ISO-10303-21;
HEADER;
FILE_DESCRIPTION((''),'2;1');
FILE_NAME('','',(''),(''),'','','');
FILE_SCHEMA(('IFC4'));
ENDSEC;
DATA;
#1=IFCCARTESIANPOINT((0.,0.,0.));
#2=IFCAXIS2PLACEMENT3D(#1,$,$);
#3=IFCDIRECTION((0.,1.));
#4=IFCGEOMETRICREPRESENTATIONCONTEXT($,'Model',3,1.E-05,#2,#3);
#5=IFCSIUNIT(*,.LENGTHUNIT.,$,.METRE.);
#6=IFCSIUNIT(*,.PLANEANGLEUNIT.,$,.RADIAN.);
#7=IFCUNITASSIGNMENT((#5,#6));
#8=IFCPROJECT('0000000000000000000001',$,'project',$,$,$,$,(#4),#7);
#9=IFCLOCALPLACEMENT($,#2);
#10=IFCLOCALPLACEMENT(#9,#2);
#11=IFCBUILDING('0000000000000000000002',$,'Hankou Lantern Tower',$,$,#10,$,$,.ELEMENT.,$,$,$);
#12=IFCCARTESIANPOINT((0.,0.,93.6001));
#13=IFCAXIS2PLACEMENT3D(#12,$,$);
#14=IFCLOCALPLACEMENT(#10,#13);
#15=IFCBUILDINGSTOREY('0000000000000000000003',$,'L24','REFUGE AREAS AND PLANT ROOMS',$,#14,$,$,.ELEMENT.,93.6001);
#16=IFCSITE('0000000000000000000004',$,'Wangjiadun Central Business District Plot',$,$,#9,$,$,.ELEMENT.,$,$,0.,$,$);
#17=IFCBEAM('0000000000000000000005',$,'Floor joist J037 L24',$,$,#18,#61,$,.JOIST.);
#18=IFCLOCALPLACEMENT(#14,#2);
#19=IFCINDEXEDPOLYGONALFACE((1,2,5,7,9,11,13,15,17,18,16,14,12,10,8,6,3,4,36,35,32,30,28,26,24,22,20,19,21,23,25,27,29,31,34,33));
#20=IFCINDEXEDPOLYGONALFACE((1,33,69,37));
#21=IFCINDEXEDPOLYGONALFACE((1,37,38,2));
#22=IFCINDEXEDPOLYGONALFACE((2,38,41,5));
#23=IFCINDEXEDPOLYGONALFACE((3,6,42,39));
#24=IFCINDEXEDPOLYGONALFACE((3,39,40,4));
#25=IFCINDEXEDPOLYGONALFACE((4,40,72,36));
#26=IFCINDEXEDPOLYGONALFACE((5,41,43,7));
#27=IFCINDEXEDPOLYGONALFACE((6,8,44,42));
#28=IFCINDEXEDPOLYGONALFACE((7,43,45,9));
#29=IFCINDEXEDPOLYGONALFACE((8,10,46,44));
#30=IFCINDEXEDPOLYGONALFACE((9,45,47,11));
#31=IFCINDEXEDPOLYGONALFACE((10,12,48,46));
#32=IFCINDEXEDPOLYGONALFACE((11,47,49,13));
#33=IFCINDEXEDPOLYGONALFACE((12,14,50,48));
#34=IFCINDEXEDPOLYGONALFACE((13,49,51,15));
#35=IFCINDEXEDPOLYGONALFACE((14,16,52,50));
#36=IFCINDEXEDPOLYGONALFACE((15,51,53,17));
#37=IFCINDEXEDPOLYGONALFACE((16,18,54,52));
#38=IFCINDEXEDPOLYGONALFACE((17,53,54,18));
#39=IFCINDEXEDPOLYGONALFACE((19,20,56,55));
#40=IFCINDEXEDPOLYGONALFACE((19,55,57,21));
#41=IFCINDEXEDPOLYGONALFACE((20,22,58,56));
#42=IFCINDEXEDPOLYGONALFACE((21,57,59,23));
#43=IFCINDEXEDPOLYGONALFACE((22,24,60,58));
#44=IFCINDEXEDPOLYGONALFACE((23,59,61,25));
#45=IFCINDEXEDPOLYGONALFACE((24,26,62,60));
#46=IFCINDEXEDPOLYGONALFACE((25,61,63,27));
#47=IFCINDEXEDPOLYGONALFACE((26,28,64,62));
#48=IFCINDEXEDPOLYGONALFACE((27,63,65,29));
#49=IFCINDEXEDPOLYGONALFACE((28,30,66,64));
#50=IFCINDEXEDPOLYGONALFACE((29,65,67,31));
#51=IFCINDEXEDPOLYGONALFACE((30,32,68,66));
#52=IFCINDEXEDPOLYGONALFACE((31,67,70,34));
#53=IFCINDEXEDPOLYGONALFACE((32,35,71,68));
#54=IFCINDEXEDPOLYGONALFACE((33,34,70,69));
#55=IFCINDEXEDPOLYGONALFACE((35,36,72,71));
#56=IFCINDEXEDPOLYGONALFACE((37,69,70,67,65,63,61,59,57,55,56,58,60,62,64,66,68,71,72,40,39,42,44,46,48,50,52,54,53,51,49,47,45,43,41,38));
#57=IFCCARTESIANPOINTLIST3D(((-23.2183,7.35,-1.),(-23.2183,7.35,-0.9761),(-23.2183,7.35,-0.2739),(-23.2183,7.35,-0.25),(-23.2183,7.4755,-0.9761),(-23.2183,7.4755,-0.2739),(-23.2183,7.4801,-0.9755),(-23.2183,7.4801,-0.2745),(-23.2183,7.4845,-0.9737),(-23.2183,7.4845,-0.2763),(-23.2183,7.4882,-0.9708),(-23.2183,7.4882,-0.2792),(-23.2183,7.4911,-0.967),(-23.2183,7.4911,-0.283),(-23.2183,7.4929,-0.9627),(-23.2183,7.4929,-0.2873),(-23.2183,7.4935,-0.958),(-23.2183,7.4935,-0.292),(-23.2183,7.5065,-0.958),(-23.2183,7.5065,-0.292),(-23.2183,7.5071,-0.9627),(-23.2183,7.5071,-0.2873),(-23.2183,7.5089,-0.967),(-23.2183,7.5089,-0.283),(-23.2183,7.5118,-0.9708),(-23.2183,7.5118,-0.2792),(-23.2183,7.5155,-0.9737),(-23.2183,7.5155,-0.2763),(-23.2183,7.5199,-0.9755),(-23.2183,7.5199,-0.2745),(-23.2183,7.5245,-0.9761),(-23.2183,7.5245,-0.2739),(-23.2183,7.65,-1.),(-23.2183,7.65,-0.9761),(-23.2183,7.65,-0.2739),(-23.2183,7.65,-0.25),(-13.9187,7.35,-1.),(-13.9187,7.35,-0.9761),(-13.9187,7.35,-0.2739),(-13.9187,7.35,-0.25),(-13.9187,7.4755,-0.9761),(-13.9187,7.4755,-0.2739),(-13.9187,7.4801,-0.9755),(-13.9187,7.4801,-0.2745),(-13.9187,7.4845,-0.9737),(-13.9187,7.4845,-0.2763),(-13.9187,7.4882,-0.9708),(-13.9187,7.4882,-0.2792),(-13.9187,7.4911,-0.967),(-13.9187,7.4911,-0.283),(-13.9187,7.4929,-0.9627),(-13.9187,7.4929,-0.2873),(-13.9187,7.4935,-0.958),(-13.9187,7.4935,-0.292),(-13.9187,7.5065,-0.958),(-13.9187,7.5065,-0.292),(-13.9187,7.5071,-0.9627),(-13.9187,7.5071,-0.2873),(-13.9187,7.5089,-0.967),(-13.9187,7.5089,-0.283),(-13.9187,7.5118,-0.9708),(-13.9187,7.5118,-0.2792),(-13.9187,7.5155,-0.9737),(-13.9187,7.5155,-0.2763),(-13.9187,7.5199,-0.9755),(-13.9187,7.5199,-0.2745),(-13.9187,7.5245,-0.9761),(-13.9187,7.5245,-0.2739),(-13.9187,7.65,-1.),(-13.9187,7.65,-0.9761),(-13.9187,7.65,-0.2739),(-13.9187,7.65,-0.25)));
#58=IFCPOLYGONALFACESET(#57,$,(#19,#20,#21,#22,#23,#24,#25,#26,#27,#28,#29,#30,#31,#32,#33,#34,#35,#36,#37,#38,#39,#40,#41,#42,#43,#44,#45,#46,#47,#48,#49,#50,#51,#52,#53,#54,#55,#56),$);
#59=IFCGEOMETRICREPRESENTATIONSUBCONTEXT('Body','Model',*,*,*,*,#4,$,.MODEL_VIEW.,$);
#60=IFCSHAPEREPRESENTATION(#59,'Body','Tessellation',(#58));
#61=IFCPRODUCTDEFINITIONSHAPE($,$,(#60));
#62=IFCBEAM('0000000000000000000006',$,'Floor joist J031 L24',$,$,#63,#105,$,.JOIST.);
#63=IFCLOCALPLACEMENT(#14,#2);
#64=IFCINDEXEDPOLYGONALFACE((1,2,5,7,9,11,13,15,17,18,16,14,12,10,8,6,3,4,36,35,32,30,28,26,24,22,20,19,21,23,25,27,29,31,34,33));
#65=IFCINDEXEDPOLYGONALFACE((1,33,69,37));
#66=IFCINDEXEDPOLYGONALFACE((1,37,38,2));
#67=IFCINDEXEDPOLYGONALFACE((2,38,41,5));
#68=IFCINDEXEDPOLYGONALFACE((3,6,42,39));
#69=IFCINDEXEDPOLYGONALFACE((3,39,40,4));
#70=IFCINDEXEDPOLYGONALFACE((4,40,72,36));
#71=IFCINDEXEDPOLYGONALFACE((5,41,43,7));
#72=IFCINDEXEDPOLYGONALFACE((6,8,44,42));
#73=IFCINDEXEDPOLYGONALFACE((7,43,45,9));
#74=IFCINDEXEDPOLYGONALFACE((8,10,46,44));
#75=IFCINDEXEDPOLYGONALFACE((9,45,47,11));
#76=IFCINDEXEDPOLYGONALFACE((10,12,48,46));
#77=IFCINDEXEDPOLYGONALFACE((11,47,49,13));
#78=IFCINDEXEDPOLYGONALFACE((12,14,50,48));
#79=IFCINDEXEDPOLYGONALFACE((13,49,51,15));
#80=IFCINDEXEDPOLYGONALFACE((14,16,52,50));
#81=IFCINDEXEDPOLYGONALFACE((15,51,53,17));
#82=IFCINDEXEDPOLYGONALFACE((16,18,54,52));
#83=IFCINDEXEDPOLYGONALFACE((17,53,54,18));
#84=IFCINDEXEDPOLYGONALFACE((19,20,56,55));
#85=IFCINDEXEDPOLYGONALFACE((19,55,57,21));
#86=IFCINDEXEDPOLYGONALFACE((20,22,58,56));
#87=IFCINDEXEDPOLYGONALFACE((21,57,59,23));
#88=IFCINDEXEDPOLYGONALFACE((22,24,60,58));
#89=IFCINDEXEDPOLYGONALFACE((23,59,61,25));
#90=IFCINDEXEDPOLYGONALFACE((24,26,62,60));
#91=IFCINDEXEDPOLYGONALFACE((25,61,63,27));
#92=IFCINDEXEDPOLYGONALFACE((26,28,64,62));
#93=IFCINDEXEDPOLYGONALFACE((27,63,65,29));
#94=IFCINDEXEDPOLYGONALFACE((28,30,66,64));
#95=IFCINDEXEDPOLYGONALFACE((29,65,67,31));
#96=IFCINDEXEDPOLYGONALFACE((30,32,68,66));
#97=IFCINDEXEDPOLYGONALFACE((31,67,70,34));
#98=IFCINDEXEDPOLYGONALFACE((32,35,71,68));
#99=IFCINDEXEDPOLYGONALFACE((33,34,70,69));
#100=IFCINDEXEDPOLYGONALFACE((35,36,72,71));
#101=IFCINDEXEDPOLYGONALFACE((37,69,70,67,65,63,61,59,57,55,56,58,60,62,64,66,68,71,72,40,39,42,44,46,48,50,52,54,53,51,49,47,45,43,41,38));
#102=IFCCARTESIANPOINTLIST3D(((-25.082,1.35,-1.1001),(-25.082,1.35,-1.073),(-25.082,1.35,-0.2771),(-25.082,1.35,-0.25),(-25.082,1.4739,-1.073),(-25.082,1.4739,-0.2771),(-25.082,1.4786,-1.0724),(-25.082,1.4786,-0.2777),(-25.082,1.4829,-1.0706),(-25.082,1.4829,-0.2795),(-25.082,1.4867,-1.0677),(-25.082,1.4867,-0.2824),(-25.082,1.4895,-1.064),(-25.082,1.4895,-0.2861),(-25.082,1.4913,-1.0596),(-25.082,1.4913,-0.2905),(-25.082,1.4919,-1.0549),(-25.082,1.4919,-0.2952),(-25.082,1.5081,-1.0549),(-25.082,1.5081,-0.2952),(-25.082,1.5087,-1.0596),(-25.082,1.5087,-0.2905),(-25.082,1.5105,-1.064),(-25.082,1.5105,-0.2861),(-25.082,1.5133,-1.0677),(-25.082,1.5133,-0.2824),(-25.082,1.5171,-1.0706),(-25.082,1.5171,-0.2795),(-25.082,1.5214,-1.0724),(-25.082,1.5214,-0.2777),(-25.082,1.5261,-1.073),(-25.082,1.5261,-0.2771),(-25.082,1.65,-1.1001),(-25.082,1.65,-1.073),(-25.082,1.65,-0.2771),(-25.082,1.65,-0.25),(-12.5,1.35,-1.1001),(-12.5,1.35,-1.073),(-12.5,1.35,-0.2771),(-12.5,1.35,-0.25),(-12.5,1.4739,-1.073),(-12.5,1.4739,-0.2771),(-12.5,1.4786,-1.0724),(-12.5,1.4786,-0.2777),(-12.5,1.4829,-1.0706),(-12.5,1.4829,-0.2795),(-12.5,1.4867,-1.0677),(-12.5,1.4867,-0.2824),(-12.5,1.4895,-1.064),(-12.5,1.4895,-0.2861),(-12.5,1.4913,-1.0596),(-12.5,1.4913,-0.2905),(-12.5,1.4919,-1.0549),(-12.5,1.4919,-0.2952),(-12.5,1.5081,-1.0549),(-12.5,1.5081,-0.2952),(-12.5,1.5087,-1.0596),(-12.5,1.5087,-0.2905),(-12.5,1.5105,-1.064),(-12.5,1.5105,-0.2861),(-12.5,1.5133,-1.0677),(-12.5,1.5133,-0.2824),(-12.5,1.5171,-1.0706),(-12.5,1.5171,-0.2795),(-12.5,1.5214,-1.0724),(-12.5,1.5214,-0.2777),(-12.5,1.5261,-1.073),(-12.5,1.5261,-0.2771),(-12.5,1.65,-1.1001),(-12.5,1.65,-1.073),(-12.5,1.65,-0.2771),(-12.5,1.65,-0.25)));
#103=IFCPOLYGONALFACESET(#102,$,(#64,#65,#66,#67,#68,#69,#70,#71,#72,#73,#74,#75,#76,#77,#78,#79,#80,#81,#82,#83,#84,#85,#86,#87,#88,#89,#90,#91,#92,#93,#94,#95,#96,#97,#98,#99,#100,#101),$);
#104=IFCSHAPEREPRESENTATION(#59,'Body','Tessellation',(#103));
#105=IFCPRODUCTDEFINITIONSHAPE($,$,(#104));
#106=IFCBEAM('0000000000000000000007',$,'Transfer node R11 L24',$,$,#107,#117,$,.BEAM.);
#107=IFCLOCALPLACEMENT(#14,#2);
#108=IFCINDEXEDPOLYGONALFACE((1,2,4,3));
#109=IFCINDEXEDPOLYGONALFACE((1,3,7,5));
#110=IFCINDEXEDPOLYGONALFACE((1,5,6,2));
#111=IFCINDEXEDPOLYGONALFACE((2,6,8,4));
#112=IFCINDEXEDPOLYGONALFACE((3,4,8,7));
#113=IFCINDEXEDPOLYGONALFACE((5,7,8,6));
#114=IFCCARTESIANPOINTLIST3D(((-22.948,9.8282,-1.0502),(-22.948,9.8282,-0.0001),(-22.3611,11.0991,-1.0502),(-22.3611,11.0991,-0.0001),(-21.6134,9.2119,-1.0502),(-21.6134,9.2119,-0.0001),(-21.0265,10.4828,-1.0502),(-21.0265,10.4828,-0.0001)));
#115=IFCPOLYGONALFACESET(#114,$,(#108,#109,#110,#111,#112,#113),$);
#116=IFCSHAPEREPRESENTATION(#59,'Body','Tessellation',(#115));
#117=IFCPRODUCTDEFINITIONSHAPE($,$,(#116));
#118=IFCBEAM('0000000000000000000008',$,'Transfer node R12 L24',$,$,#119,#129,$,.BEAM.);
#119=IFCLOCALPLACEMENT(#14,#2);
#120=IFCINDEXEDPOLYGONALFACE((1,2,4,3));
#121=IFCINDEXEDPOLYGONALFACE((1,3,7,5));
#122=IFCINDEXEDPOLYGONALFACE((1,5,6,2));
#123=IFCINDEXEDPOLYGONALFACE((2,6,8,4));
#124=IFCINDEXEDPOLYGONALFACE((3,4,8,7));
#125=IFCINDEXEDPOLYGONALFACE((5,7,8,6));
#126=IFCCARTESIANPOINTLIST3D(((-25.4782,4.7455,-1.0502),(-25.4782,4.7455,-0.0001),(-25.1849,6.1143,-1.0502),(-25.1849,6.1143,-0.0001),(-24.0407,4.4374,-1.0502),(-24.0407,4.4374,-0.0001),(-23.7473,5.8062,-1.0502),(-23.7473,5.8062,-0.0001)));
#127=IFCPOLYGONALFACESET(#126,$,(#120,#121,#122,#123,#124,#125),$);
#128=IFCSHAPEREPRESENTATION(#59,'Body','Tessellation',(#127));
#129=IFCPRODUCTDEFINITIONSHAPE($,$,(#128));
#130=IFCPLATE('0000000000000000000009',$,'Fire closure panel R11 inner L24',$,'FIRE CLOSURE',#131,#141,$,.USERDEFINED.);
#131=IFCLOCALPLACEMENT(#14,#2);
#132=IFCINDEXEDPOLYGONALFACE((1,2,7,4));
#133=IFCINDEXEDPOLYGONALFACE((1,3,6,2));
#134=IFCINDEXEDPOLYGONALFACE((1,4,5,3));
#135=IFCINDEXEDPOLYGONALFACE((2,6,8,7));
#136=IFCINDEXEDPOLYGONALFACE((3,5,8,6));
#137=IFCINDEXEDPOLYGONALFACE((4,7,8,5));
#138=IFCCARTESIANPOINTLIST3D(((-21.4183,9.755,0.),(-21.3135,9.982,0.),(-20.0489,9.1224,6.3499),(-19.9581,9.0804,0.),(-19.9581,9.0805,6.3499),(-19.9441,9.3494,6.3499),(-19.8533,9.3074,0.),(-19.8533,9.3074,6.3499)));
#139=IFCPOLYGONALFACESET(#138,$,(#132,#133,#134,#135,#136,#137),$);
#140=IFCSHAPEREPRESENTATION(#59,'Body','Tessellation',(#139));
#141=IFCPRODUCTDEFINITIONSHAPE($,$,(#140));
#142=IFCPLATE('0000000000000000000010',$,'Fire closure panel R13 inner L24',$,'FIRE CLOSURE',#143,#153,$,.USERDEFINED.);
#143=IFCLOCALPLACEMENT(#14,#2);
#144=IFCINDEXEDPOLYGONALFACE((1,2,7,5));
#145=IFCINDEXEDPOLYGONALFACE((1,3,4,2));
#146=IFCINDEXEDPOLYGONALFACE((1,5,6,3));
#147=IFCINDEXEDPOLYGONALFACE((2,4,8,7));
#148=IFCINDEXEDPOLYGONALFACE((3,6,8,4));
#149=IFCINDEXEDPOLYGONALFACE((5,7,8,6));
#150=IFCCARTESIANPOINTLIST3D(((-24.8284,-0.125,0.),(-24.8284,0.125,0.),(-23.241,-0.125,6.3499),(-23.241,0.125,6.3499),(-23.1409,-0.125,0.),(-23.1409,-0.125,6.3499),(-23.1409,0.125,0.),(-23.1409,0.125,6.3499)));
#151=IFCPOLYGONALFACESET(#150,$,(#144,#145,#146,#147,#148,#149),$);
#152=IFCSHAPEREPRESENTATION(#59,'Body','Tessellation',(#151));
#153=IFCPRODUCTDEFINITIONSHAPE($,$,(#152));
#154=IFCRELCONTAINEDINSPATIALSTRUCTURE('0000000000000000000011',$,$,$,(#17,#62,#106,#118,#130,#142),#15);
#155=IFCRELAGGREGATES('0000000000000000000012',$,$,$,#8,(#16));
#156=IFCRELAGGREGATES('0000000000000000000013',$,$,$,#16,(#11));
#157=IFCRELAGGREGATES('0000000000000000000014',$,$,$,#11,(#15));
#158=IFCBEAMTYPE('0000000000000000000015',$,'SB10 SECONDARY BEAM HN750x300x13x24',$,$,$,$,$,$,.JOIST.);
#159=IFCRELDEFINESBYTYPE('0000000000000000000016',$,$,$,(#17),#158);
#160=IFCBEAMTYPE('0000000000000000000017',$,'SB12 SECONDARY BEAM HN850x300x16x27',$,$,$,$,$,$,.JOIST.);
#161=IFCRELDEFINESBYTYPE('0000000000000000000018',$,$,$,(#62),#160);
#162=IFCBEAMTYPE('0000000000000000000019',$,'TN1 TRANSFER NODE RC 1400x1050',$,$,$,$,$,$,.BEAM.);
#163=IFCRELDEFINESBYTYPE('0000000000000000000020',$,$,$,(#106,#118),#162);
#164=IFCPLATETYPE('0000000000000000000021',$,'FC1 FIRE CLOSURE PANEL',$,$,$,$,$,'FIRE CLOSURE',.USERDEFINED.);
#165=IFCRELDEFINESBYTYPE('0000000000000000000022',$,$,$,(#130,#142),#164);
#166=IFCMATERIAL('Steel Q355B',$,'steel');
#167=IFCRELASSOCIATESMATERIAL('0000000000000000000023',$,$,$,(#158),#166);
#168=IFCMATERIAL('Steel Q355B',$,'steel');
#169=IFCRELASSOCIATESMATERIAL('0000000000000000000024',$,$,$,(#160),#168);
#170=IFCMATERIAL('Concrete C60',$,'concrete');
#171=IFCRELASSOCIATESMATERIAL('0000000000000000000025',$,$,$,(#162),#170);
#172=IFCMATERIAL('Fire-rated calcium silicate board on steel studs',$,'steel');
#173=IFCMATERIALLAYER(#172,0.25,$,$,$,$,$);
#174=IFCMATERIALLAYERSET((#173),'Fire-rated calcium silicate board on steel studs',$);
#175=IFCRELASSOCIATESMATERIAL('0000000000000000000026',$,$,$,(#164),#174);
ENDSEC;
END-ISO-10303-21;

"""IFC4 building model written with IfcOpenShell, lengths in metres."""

from ifc_helpers import new_model, si_unit, direction, frame, origin, origin_2d, place, context, subcontext, project, spatial, polyline, rectangle, i_section, outline, extrude, material, layer, layer_set, material_profile, profile_set, type_object, element, save


model = new_model("IFC4")

# Units and contexts
model_context = context("Model", 3, precision=1e-05, world=origin(), true_north=direction((0.0, 1.0)))
body_context = subcontext(model_context, "Body", "Model", "MODEL_VIEW")
ifc_project = project(units=[si_unit("LENGTHUNIT", "METRE"), si_unit("PLANEANGLEUNIT", "RADIAN")], contexts=[model_context])

# Site, building, storey
site_placement = place(None, origin())
site = spatial("IfcSite", under=ifc_project, at=site_placement, Name="Wangjiadun Central Business District Plot", CompositionType="ELEMENT", RefElevation=0.0)
building_placement = place(site_placement, origin())
building = spatial("IfcBuilding", under=site, at=building_placement, Name="Hankou Lantern Tower", CompositionType="ELEMENT")
storey_placement = place(building_placement, frame((0.0, 0.0, 93.6001)))
storey = spatial("IfcBuildingStorey", under=building, at=storey_placement, Name="L24", Description="REFUGE AREAS AND PLANT ROOMS", CompositionType="ELEMENT", Elevation=93.6001)

# Beams
ifc_material_1 = material(Name="Steel Q355B", Category="steel")
ifc_material_profile_1 = material_profile(ifc_material_1, i_section(OverallWidth=0.3, OverallDepth=0.75, WebThickness=0.0129, FlangeThickness=0.0239, FilletRadius=0.0181, at=origin_2d()), Name="HN750x300x13x24")
ifc_profile_set_1 = profile_set([ifc_material_profile_1], Name="Steel Q355B")
beam_type_1 = type_object("IfcBeamType", Name="SB10 SECONDARY BEAM HN750x300x13x24", PredefinedType="JOIST", material=ifc_profile_set_1)
beam_1_placement = place(storey_placement, frame((-23.2183, 7.5, -0.625), z_axis=(1.0, 0.0, 0.0), x_axis=(0.0, 1.0, 0.0)))
element("IfcBeam", 1, at=beam_1_placement, inside=storey, type_object=beam_type_1, Name="Floor joist J037 L24", PredefinedType="JOIST", context=body_context, shape_type="SweptSolid", body=[
    extrude(i_section(OverallWidth=0.3, OverallDepth=0.75, WebThickness=0.0129, FlangeThickness=0.0239, FilletRadius=0.0181, at=origin_2d()), origin(), (0.0, 0.0, 1.0), 9.2996),
])
ifc_material_2 = material(Name="Steel Q355B", Category="steel")
ifc_material_profile_2 = material_profile(ifc_material_2, i_section(OverallWidth=0.3, OverallDepth=0.8501, WebThickness=0.0161, FlangeThickness=0.0271, FilletRadius=0.0181, at=origin_2d()), Name="HN850x300x16x27")
ifc_profile_set_2 = profile_set([ifc_material_profile_2], Name="Steel Q355B")
beam_type_2 = type_object("IfcBeamType", Name="SB12 SECONDARY BEAM HN850x300x16x27", PredefinedType="JOIST", material=ifc_profile_set_2)
beam_2_placement = place(storey_placement, frame((-25.082, 1.5, -0.675), z_axis=(1.0, 0.0, 0.0), x_axis=(0.0, 1.0, 0.0)))
element("IfcBeam", 2, at=beam_2_placement, inside=storey, type_object=beam_type_2, Name="Floor joist J031 L24", PredefinedType="JOIST", context=body_context, shape_type="SweptSolid", body=[
    extrude(i_section(OverallWidth=0.3, OverallDepth=0.8501, WebThickness=0.0161, FlangeThickness=0.0271, FilletRadius=0.0181, at=origin_2d()), origin(), (0.0, 0.0, 1.0), 12.582),
])
ifc_material_3 = material(Name="Concrete C60", Category="concrete")
ifc_material_profile_3 = material_profile(ifc_material_3, rectangle(XDim=1.3999, YDim=1.05, at=origin_2d()), Name="RC 1400x1050")
ifc_profile_set_3 = profile_set([ifc_material_profile_3], Name="Concrete C60")
beam_type_3 = type_object("IfcBeamType", Name="TN1 TRANSFER NODE RC 1400x1050", PredefinedType="BEAM", material=ifc_profile_set_3)
beam_3_placement = place(storey_placement, frame((-22.6545, 10.4636, -0.5251), z_axis=(0.907882, -0.419227, 0.0), x_axis=(0.419227, 0.907882, 0.0)))
element("IfcBeam", 3, at=beam_3_placement, inside=storey, type_object=beam_type_3, Name="Transfer node R11 L24", PredefinedType="BEAM", context=body_context, shape_type="SweptSolid", body=[
    extrude(rectangle(XDim=1.3999, YDim=1.05, at=origin_2d()), origin(), (0.0, 0.0, 1.0), 1.47),
])
beam_4_placement = place(storey_placement, frame((-25.3315, 5.4299, -0.5251), z_axis=(0.977793, -0.209574, 0.0), x_axis=(0.209574, 0.977793, 0.0)))
element("IfcBeam", 4, at=beam_4_placement, inside=storey, type_object=beam_type_3, Name="Transfer node R12 L24", PredefinedType="BEAM", context=body_context, shape_type="SweptSolid", body=[
    extrude(rectangle(XDim=1.3999, YDim=1.05, at=origin_2d()), origin(), (0.0, 0.0, 1.0), 1.4702),
])

# Plates
ifc_material_4 = material(Name="Fire-rated calcium silicate board on steel studs", Category="steel")
ifc_layer_1 = layer(ifc_material_4, 0.25)
ifc_layer_set_1 = layer_set([ifc_layer_1], Name="Fire-rated calcium silicate board on steel studs")
plate_type = type_object("IfcPlateType", Name="FC1 FIRE CLOSURE PANEL", ElementType="FIRE CLOSURE", PredefinedType="USERDEFINED", material=ifc_layer_set_1)
plate_1_placement = place(storey_placement, frame((-19.8533, 9.3074, 0.0), z_axis=(0.419393, 0.907805, -0.000005), x_axis=(-0.907805, 0.419393, 0.0)))
element("IfcPlate", 5, at=plate_1_placement, inside=storey, type_object=plate_type, Name="Fire closure panel R11 inner L24", ObjectType="FIRE CLOSURE", PredefinedType="USERDEFINED", context=body_context, shape_type="SweptSolid", body=[
    extrude(outline(polyline([(0.0, 0.0), (1.6085, 0.0), (0.1001, 6.3499), (0.0, 6.3499), (0.0, 0.0)])), origin(), (0.0, 0.0, -1.0), 0.25),
])
plate_2_placement = place(storey_placement, frame((-23.1409, 0.125, 0.0), z_axis=(0.0, 1.0, 0.0), x_axis=(-1.0, 0.0, 0.0)))
element("IfcPlate", 6, at=plate_2_placement, inside=storey, type_object=plate_type, Name="Fire closure panel R13 inner L24", ObjectType="FIRE CLOSURE", PredefinedType="USERDEFINED", context=body_context, shape_type="SweptSolid", body=[
    extrude(outline(polyline([(0.0, 0.0), (1.6875, 0.0), (0.1001, 6.3499), (0.0, 6.3499), (0.0, 0.0)])), origin(), (0.0, 0.0, -1.0), 0.25),
])

save(model, "model.ifc")
